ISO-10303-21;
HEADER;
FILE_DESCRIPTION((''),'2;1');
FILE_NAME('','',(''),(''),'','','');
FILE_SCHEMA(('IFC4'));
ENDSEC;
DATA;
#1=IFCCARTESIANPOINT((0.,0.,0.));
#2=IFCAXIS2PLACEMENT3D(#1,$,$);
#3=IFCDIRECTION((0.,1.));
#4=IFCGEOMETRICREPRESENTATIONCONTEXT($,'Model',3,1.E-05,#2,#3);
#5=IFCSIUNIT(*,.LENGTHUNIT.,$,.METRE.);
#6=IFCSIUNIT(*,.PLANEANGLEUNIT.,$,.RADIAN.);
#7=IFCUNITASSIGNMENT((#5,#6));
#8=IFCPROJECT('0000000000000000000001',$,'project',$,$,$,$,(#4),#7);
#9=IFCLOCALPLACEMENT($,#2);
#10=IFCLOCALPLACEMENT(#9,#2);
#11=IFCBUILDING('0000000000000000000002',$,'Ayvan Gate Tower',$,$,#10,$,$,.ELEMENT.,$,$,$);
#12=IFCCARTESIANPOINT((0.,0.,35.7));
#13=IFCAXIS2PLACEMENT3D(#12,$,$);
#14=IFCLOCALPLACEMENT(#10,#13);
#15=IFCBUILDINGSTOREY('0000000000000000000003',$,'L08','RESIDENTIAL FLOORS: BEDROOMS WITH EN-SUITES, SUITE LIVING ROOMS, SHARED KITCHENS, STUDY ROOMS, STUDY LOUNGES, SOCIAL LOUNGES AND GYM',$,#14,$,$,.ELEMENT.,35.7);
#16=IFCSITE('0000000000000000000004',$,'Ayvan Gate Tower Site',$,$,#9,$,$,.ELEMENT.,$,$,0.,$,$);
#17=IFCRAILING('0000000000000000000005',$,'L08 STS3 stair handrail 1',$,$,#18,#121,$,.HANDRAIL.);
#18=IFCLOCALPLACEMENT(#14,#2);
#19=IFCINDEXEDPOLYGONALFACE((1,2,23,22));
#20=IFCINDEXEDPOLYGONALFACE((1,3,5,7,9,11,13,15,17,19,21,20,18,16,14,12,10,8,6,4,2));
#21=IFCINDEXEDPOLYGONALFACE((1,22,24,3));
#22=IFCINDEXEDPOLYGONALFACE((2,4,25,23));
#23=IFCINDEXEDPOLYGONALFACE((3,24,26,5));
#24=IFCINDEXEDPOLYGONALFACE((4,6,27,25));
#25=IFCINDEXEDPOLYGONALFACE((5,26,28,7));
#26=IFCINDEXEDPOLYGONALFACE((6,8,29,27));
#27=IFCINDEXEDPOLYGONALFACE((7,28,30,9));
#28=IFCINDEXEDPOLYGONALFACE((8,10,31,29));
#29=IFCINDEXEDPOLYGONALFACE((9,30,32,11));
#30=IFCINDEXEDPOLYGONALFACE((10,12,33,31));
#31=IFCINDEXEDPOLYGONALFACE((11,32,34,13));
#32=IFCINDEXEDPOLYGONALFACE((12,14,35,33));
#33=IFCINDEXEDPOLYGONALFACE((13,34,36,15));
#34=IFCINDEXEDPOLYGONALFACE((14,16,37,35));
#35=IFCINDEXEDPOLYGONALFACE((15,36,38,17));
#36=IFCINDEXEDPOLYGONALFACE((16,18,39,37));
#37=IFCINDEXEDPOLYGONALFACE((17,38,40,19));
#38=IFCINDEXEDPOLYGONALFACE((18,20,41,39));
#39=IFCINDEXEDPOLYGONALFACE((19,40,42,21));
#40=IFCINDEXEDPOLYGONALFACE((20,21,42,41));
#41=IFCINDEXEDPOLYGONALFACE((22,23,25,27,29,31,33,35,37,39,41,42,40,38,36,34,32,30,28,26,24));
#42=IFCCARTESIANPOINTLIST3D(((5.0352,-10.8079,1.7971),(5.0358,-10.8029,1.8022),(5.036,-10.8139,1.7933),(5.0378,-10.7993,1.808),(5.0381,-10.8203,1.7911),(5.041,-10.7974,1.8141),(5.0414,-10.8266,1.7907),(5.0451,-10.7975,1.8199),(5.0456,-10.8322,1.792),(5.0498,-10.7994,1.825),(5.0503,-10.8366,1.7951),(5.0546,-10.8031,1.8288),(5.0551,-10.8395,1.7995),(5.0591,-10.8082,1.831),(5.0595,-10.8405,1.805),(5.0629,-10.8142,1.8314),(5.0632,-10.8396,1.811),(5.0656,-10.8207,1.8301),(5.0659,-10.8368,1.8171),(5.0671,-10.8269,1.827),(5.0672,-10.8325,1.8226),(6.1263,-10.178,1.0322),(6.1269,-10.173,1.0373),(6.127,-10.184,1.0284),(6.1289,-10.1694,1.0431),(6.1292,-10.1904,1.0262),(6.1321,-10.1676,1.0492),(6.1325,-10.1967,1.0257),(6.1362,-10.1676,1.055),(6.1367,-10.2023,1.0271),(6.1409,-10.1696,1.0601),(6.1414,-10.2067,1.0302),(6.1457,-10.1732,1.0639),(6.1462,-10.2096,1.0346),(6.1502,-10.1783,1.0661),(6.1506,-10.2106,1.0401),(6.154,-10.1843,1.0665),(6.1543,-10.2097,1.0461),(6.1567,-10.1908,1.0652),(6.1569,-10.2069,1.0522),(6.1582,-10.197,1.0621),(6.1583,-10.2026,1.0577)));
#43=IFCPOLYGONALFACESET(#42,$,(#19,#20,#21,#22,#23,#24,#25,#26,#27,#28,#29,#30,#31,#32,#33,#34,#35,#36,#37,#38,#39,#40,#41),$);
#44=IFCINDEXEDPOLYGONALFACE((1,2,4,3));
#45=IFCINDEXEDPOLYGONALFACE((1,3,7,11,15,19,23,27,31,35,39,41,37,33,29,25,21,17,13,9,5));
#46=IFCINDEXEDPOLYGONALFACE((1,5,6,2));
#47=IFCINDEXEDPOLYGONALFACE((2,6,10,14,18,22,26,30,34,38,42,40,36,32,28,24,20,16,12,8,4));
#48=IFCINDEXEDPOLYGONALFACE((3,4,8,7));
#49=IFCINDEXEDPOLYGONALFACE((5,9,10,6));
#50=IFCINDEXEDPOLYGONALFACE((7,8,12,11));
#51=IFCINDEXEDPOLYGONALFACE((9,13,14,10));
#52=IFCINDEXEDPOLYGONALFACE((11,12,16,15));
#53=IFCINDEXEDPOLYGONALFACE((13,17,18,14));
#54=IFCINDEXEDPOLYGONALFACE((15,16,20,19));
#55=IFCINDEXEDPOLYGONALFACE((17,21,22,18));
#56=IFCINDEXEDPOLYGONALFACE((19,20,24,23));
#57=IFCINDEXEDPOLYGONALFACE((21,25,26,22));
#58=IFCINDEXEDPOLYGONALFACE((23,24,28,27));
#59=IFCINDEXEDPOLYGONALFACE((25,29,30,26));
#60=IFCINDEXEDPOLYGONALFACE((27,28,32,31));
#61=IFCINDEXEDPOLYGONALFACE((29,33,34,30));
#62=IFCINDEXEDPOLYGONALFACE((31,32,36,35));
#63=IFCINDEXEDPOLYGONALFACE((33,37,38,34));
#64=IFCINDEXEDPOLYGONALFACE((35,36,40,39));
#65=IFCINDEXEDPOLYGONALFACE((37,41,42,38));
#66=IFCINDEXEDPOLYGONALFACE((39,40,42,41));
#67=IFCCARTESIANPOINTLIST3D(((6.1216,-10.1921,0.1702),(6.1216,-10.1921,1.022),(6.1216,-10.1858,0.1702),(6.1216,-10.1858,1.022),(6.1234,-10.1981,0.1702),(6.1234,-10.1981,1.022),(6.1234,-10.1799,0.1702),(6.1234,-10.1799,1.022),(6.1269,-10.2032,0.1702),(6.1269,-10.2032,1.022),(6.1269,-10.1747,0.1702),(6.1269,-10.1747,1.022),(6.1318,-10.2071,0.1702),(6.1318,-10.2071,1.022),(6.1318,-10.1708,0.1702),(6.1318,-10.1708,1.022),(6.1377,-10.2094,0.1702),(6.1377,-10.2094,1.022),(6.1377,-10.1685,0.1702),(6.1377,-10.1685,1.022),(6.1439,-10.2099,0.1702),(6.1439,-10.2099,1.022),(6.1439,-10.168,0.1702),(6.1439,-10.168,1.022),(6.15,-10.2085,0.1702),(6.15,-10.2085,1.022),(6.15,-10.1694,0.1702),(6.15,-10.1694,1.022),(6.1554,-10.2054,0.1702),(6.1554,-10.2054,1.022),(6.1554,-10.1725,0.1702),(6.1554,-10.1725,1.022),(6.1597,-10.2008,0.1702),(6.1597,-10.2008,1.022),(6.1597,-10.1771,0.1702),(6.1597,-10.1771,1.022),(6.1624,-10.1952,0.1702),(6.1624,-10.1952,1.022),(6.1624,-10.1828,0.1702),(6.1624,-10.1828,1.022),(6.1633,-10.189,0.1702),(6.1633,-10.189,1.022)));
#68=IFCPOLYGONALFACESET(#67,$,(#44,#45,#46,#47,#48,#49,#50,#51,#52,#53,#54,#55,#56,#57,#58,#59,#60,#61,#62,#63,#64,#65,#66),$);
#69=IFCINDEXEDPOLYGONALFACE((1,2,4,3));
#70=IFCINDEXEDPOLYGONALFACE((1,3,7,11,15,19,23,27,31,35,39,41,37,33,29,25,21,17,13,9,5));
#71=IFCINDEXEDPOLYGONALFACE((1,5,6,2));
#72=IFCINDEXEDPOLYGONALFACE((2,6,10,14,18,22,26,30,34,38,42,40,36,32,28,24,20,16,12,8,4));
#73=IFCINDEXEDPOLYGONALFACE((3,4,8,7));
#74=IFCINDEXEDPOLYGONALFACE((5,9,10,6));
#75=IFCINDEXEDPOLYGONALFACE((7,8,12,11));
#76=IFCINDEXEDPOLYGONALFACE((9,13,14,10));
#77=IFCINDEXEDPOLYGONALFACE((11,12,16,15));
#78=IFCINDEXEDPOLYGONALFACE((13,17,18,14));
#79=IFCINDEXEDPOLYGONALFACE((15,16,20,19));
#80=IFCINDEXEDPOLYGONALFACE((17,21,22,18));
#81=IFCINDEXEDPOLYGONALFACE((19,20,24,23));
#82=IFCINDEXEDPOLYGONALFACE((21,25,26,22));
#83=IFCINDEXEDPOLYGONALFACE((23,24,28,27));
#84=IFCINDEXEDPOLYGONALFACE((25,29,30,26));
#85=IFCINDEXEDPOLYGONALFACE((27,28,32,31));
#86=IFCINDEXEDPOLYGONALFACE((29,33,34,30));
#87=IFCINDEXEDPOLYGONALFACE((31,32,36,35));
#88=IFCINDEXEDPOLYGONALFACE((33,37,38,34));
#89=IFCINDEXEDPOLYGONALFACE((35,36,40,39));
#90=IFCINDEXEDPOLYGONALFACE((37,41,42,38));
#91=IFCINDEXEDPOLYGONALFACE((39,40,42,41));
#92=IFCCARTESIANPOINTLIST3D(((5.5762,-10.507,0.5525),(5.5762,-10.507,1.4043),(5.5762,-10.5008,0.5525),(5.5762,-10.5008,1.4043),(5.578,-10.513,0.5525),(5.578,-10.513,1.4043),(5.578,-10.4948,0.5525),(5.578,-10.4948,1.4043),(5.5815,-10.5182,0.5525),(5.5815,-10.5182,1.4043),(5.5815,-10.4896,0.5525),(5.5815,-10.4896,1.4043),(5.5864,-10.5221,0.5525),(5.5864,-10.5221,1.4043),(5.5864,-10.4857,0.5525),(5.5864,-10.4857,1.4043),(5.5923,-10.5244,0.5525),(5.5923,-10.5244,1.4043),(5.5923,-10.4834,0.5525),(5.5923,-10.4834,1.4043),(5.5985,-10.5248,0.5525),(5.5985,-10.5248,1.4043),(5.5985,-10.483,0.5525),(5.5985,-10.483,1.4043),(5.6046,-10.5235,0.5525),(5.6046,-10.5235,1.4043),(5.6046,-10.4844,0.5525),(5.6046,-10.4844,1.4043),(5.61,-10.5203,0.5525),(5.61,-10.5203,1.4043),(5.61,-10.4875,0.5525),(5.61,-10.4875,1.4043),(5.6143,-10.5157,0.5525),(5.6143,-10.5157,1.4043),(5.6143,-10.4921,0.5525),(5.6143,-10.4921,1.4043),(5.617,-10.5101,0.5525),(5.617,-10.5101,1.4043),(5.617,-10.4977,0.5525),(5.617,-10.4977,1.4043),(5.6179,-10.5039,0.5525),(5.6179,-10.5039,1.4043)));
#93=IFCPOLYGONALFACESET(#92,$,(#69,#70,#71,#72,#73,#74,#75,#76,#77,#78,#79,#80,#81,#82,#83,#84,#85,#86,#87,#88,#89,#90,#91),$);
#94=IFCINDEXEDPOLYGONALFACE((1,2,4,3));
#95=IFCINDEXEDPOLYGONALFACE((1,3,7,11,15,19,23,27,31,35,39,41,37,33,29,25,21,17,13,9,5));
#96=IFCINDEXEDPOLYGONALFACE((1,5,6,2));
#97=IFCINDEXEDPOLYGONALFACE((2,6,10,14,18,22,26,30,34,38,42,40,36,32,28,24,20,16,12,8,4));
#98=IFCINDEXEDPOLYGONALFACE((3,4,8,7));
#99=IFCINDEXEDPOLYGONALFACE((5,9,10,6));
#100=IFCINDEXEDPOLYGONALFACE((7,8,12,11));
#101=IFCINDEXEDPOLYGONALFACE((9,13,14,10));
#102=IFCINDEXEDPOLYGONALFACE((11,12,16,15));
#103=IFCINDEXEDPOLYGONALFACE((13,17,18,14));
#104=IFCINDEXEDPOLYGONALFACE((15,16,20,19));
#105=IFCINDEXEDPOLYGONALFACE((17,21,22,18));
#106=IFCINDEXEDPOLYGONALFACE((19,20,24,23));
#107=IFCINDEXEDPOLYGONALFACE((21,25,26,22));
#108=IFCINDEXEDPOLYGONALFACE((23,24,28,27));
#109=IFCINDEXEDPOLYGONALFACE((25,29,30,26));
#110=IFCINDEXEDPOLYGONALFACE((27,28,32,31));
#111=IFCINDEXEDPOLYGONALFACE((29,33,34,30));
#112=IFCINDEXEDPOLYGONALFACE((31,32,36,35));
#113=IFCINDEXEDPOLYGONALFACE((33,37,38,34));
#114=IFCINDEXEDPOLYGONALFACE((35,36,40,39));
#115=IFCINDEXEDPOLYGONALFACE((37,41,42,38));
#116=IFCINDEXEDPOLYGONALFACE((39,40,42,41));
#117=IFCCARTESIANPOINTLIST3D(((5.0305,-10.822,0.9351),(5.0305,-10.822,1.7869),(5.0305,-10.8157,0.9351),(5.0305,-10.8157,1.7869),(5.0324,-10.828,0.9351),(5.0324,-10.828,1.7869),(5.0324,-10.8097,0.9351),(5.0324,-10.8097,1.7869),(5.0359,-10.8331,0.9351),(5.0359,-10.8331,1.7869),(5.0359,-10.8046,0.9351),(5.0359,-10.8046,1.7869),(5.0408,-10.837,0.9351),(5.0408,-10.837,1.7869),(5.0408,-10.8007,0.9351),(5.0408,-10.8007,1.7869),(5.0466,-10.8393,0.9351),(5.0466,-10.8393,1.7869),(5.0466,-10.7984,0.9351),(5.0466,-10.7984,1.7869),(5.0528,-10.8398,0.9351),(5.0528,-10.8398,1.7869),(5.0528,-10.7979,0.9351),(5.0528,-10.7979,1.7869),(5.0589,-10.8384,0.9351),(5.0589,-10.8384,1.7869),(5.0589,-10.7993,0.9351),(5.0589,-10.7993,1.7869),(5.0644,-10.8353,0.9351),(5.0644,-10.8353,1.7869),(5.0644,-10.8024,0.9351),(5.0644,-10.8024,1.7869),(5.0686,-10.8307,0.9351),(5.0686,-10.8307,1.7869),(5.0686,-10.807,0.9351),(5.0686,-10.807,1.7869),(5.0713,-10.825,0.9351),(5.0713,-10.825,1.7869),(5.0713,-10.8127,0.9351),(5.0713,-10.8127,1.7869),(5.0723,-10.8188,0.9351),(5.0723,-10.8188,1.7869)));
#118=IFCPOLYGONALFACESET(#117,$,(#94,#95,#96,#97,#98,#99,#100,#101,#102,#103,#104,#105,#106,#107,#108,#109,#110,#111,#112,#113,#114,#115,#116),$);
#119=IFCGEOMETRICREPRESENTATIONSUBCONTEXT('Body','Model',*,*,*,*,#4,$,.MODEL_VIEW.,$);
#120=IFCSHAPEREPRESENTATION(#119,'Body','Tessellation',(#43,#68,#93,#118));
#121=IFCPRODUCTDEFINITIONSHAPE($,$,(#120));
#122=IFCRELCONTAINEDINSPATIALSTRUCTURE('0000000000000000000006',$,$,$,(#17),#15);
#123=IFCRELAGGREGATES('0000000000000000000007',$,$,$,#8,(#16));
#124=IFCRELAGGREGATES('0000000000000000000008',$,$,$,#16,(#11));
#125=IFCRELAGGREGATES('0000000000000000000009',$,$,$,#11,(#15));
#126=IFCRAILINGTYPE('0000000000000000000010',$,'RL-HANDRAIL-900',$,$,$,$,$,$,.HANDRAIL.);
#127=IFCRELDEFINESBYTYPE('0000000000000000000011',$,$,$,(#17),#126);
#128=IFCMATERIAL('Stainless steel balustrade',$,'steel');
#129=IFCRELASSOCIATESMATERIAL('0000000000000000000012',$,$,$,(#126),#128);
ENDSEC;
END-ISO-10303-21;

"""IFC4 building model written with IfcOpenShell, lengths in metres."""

from ifc_helpers import new_model, si_unit, direction, frame, origin, origin_2d, place, context, subcontext, project, spatial, circle, extrude, material, type_object, element, save


model = new_model("IFC4")

# Units and contexts
model_context = context("Model", 3, precision=1e-05, world=origin(), true_north=direction((0.0, 1.0)))
body_context = subcontext(model_context, "Body", "Model", "MODEL_VIEW")
ifc_project = project(units=[si_unit("LENGTHUNIT", "METRE"), si_unit("PLANEANGLEUNIT", "RADIAN")], contexts=[model_context])

# Site, building, storey
site_placement = place(None, origin())
site = spatial("IfcSite", under=ifc_project, at=site_placement, Name="Ayvan Gate Tower Site", CompositionType="ELEMENT", RefElevation=0.0)
building_placement = place(site_placement, origin())
building = spatial("IfcBuilding", under=site, at=building_placement, Name="Ayvan Gate Tower", CompositionType="ELEMENT")
storey_placement = place(building_placement, frame((0.0, 0.0, 35.7)))
storey = spatial("IfcBuildingStorey", under=building, at=storey_placement, Name="L08", Description="RESIDENTIAL FLOORS: BEDROOMS WITH EN-SUITES, SUITE LIVING ROOMS, SHARED KITCHENS, STUDY ROOMS, STUDY LOUNGES, SOCIAL LOUNGES AND GYM", CompositionType="ELEMENT", Elevation=35.7)

# Railing
ifc_material_1 = material(Name="Stainless steel balustrade", Category="steel")
railing_type_1 = type_object("IfcRailingType", Name="RL-HANDRAIL-900", PredefinedType="HANDRAIL", material=ifc_material_1)
railing_1_placement = place(storey_placement, frame((6.1423, -10.189, 0.1702)))
element("IfcRailing", 1, at=railing_1_placement, inside=storey, type_object=railing_type_1, Name="L08 STS3 stair handrail 1", PredefinedType="HANDRAIL", context=body_context, shape_type="SweptSolid", body=[
    extrude(circle(Radius=0.0239, at=origin_2d()), frame((0.0, 0.0, 0.876), z_axis=(-0.740282, -0.427372, 0.518976), x_axis=(0.499974, -0.86604, 0.0)), (0.0, 0.0, 1.0), 1.4739),
    extrude(circle(Radius=0.021, at=origin_2d()), origin(), (0.0, 0.0, 1.0), 0.8518),
    extrude(circle(Radius=0.021, at=origin_2d()), frame((-0.5454, -0.3149, 0.3823)), (0.0, 0.0, 1.0), 0.8518),
    extrude(circle(Radius=0.021, at=origin_2d()), frame((-1.0911, -0.6299, 0.7649)), (0.0, 0.0, 1.0), 0.8518),
])

save(model, "model.ifc")
